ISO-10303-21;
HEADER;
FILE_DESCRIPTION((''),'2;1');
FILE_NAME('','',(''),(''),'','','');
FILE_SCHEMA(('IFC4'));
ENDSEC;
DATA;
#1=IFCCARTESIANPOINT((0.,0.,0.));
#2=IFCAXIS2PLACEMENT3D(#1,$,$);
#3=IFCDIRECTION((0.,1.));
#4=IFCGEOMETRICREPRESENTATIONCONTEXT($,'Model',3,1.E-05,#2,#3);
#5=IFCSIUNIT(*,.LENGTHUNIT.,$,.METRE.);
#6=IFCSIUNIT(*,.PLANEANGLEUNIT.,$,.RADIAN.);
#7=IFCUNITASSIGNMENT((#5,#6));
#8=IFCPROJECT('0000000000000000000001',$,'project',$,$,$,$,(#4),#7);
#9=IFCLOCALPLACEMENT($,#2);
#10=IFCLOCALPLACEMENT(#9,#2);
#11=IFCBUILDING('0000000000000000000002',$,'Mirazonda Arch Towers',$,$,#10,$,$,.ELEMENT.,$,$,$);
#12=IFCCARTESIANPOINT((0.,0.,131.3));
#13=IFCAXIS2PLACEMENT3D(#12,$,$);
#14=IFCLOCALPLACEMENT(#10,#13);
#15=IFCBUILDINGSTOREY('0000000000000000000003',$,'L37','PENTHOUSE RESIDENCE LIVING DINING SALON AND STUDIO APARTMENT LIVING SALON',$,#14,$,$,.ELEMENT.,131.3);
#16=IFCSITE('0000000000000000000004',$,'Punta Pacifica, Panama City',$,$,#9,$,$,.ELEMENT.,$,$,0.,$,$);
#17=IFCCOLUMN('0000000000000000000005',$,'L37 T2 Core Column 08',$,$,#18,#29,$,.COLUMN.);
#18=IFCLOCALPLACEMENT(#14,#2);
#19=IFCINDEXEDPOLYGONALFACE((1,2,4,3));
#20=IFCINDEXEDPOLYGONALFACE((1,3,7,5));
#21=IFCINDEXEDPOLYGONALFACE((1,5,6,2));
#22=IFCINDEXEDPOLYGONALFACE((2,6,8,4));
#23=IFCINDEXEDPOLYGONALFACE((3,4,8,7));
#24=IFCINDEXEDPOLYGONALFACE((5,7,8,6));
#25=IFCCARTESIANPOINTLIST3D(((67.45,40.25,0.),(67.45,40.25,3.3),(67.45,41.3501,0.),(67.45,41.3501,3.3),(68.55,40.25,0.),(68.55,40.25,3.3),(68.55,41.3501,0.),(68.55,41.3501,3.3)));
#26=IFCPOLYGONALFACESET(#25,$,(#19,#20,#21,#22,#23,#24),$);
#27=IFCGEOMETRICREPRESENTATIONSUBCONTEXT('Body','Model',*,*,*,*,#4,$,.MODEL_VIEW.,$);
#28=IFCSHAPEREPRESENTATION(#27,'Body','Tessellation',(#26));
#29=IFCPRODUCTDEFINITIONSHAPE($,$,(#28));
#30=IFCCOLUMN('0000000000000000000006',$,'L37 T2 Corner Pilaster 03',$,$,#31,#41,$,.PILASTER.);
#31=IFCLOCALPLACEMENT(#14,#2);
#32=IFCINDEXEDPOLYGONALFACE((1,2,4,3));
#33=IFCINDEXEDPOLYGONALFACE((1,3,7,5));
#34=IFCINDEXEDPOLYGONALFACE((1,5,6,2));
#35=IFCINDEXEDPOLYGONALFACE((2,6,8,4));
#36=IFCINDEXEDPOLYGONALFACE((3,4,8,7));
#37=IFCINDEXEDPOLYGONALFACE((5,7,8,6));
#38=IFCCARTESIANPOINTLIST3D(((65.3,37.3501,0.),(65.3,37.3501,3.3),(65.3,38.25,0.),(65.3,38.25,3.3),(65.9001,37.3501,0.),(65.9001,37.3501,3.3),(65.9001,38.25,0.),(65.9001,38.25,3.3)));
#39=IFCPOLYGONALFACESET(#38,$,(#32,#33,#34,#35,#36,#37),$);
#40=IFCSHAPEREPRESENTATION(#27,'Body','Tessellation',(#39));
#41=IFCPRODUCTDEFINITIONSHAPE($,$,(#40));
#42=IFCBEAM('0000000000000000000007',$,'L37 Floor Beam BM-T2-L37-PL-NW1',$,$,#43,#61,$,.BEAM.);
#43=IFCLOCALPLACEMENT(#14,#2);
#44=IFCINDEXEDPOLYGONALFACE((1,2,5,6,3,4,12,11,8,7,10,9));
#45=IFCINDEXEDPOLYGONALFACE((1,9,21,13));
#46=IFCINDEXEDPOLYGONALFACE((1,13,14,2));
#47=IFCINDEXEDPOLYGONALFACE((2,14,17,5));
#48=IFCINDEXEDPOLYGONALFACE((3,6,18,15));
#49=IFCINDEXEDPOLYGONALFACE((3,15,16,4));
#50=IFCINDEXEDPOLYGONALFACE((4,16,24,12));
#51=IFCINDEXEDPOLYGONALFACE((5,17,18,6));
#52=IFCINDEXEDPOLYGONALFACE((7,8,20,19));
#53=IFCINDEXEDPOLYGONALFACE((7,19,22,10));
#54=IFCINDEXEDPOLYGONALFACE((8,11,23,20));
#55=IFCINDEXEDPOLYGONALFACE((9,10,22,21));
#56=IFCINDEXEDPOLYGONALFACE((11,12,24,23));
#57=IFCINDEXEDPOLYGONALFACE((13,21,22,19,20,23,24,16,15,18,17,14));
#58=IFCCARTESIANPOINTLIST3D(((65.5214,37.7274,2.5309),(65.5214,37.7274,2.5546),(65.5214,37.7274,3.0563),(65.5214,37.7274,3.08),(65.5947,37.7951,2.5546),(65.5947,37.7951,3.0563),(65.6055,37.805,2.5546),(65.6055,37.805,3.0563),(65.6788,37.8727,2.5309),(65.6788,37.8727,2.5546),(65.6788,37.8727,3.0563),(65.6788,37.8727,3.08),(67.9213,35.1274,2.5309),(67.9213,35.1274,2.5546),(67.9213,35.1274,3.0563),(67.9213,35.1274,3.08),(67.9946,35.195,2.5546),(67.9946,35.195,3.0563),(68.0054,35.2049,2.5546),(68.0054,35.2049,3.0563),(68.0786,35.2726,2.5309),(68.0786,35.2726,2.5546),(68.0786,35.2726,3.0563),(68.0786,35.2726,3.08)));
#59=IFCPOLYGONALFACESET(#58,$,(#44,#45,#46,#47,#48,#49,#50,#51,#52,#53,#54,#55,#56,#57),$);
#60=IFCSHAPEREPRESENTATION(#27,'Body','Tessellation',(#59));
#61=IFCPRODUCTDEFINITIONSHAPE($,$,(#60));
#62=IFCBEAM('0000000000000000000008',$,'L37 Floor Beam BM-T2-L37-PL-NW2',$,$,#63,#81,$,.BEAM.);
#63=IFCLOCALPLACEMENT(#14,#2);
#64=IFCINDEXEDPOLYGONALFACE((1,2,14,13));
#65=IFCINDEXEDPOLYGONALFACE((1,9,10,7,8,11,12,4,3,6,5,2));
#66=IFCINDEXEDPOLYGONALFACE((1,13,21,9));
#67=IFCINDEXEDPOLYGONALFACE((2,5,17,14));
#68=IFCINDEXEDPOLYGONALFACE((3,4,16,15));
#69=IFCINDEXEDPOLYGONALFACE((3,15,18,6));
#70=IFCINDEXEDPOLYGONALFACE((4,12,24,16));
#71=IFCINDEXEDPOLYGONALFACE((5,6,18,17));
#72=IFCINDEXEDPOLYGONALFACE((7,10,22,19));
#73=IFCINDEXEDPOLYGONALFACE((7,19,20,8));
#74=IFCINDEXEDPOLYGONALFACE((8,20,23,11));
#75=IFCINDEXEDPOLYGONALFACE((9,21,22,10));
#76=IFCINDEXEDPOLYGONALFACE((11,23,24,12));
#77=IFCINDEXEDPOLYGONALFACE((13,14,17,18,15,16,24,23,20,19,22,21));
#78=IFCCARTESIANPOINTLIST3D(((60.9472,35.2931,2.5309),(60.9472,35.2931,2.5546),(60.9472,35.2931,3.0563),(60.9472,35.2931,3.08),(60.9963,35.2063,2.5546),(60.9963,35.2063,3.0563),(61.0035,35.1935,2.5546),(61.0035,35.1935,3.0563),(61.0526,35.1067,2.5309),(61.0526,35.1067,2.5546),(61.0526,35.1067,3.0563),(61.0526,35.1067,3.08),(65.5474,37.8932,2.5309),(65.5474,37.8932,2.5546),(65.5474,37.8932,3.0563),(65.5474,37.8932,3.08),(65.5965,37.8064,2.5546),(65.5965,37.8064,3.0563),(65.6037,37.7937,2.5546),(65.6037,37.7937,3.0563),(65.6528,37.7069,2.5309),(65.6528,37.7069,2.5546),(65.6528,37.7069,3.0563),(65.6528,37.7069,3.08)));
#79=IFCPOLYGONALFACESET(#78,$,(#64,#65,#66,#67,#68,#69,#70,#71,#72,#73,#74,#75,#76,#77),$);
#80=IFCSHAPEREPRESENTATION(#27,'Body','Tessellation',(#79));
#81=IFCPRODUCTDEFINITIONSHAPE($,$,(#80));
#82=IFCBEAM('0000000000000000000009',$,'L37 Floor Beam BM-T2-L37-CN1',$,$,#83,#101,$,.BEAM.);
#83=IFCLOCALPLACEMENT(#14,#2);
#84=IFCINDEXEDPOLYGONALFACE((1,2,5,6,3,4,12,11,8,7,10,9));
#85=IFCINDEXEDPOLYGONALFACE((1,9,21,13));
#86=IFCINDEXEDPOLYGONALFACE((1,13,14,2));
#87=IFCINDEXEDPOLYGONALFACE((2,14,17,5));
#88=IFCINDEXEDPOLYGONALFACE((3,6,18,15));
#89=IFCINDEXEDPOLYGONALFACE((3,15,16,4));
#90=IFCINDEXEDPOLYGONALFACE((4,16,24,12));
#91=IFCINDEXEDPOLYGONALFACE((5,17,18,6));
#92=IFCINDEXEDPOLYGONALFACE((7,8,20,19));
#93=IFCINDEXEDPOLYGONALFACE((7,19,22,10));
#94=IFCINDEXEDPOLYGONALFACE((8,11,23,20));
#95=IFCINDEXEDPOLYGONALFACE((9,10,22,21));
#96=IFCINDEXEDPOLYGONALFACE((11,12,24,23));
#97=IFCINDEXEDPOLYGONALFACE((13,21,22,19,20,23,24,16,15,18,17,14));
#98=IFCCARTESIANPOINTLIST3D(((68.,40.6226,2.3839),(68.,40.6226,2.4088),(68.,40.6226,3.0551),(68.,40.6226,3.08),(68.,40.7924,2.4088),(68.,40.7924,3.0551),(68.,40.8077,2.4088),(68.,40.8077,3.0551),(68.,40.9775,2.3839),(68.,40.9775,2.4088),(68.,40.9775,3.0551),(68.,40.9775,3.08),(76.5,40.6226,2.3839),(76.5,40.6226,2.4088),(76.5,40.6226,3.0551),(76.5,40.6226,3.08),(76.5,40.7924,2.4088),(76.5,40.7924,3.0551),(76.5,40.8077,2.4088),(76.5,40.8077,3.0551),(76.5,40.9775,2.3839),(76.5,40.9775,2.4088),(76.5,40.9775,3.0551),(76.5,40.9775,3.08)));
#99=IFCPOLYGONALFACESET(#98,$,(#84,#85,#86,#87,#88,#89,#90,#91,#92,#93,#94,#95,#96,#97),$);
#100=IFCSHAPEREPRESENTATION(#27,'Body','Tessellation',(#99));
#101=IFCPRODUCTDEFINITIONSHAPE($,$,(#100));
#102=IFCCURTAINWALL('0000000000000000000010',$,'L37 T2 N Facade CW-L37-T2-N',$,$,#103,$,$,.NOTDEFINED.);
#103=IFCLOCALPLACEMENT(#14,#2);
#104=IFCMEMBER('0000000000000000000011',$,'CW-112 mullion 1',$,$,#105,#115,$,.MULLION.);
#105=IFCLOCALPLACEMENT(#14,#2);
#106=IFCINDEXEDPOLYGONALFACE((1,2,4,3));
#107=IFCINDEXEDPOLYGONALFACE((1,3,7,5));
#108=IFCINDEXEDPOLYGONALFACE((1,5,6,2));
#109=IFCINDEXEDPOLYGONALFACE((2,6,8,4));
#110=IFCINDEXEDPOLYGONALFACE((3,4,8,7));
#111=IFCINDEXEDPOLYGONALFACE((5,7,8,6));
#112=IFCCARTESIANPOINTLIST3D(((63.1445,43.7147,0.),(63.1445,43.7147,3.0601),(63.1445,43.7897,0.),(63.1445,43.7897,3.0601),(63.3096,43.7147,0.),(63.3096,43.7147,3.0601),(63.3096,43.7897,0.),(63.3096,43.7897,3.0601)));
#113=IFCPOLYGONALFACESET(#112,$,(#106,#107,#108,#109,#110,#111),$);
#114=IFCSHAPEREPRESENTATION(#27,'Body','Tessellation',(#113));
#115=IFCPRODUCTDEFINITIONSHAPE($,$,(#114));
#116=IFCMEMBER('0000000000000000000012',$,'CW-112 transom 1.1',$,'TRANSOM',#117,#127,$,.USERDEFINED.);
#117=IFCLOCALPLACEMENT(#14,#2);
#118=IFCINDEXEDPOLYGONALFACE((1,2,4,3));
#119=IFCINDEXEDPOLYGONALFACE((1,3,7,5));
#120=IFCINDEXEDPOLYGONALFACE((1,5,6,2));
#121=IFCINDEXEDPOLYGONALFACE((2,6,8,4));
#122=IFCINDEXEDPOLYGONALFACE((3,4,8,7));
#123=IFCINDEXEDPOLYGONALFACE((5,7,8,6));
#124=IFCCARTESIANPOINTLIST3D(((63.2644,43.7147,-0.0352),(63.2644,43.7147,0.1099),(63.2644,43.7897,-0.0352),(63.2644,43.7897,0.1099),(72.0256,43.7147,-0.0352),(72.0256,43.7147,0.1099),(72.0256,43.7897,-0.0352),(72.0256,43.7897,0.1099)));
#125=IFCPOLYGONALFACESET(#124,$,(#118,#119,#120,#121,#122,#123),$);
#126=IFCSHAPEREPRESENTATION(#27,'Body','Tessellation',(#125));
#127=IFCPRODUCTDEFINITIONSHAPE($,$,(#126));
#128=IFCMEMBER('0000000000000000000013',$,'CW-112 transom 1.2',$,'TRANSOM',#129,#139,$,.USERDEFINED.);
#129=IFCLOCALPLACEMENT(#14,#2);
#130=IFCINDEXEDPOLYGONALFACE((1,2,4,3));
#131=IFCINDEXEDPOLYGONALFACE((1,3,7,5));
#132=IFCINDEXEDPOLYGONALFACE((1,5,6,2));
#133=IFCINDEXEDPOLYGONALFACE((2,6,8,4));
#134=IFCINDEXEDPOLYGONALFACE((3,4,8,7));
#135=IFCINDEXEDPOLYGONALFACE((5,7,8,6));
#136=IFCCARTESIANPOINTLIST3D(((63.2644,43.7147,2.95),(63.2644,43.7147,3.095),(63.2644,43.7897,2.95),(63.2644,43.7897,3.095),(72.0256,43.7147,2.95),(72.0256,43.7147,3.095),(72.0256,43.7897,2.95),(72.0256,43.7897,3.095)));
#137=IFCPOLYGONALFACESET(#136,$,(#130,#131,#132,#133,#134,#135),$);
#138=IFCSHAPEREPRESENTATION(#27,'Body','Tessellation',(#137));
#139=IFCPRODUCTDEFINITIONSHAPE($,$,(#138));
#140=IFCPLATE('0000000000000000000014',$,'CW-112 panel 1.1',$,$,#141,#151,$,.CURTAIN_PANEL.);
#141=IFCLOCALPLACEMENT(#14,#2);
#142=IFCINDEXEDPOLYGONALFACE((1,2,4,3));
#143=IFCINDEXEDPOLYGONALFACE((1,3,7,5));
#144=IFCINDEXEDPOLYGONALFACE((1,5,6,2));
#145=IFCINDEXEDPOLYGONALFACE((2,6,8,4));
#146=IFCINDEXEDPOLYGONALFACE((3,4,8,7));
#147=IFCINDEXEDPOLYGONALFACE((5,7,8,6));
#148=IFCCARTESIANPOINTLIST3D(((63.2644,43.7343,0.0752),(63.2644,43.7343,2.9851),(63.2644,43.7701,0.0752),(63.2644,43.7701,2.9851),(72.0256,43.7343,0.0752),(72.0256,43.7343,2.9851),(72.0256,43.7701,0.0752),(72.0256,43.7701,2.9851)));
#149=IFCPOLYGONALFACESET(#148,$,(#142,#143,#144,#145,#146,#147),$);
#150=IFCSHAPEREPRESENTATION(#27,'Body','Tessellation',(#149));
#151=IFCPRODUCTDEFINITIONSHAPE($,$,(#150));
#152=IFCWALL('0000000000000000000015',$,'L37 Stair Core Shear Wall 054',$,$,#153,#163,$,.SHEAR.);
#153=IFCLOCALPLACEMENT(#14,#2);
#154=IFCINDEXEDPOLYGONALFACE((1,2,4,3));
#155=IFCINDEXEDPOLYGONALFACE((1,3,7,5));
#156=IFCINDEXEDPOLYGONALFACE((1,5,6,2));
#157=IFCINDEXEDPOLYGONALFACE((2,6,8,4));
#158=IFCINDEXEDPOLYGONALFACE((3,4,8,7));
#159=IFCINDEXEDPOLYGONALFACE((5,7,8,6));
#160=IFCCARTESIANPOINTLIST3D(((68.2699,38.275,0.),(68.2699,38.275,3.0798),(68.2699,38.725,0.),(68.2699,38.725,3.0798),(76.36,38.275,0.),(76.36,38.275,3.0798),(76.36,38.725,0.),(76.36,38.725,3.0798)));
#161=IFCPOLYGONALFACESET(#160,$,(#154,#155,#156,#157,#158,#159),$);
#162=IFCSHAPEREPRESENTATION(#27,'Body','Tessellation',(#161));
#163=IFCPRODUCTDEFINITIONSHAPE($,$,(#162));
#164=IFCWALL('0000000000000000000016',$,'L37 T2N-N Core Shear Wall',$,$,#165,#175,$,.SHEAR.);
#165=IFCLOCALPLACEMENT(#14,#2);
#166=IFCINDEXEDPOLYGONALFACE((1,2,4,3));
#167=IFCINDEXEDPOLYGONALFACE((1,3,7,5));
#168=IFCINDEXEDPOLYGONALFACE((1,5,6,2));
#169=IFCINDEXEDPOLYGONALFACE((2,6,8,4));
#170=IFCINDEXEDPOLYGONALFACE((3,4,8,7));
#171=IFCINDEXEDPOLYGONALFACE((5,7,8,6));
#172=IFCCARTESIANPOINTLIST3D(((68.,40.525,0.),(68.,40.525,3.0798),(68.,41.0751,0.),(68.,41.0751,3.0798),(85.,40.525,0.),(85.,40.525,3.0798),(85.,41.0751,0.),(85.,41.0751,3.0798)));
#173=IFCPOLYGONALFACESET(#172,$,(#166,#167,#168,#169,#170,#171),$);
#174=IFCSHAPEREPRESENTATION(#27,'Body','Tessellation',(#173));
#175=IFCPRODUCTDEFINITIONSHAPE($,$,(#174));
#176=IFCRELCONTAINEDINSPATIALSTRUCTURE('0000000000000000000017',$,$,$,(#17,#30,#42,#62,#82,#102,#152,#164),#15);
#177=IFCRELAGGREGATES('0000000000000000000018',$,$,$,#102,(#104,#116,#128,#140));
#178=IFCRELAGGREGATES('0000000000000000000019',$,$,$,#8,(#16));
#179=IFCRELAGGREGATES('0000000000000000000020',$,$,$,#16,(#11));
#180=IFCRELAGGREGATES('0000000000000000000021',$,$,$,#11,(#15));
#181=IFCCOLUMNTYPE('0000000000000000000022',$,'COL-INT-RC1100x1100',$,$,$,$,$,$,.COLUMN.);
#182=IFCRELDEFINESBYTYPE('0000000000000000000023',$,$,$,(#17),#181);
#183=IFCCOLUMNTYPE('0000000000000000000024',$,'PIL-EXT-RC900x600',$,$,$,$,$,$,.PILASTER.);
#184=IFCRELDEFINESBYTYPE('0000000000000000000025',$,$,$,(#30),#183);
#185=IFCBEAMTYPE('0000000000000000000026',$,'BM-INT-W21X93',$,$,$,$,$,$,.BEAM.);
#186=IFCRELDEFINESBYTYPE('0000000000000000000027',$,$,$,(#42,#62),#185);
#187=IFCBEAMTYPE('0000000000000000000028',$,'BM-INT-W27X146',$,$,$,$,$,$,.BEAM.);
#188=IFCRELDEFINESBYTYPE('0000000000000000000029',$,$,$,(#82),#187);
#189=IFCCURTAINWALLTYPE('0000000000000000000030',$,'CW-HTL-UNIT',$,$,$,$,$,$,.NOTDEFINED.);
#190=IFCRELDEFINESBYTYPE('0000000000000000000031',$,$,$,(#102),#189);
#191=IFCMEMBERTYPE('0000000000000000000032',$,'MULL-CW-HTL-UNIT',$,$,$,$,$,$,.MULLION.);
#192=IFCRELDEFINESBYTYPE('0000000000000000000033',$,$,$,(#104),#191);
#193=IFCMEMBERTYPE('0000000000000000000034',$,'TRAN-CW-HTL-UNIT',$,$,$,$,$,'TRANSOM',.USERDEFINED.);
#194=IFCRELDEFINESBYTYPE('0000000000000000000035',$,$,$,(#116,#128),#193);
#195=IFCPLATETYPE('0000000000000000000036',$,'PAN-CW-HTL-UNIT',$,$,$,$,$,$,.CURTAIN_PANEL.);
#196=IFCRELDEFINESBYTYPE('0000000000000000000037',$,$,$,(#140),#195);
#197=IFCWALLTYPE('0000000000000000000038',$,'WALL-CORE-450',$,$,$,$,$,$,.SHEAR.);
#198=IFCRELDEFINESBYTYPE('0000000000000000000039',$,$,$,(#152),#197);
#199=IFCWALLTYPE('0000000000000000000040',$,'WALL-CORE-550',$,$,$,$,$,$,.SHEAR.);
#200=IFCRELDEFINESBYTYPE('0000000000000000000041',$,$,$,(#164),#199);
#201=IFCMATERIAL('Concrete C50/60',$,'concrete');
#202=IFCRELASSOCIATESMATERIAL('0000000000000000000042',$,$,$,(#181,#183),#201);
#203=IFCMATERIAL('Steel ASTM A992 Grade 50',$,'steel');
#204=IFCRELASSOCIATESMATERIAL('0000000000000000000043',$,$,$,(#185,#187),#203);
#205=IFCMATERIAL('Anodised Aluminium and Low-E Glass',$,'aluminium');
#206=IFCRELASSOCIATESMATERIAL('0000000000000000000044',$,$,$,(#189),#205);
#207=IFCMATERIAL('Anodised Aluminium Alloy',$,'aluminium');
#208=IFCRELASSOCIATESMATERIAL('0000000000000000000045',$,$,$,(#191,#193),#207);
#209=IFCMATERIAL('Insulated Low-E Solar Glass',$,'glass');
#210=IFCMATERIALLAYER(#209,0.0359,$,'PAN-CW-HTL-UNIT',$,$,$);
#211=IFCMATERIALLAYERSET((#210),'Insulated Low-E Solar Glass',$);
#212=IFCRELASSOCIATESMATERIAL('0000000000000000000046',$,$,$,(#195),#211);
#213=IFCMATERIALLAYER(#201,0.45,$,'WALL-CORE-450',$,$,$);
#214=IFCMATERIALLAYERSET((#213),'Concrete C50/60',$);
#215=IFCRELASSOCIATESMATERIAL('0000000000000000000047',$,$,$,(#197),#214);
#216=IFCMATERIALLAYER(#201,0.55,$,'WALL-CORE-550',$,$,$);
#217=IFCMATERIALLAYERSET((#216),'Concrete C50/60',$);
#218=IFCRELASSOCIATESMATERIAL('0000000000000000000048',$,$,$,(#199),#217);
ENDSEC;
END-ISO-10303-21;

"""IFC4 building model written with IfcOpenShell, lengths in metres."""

from ifc_helpers import new_model, si_unit, direction, frame, frame_2d, origin, origin_2d, place, context, subcontext, project, spatial, rectangle, i_section, extrude, material, layer, layer_set, material_profile, profile_set, type_object, element, aggregate, save


model = new_model("IFC4")

# Units and contexts
model_context = context("Model", 3, precision=1e-05, world=origin(), true_north=direction((0.0, 1.0)))
body_context = subcontext(model_context, "Body", "Model", "MODEL_VIEW")
ifc_project = project(units=[si_unit("LENGTHUNIT", "METRE"), si_unit("PLANEANGLEUNIT", "RADIAN")], contexts=[model_context])

# Site, building, storey
site_placement = place(None, origin())
site = spatial("IfcSite", under=ifc_project, at=site_placement, Name="Punta Pacifica, Panama City", CompositionType="ELEMENT", RefElevation=0.0)
building_placement = place(site_placement, origin())
building = spatial("IfcBuilding", under=site, at=building_placement, Name="Mirazonda Arch Towers", CompositionType="ELEMENT")
storey_placement = place(building_placement, frame((0.0, 0.0, 131.3)))
storey = spatial("IfcBuildingStorey", under=building, at=storey_placement, Name="L37", Description="PENTHOUSE RESIDENCE LIVING DINING SALON AND STUDIO APARTMENT LIVING SALON", CompositionType="ELEMENT", Elevation=131.3)

# Columns
ifc_material_1 = material(Name="Concrete C50/60", Category="concrete")
ifc_material_profile_1 = material_profile(ifc_material_1, rectangle(XDim=1.1001, YDim=1.1001, at=origin_2d()), Name="RC1100x1100")
ifc_profile_set_1 = profile_set([ifc_material_profile_1], Name="Concrete C50/60")
column_type_1 = type_object("IfcColumnType", Name="COL-INT-RC1100x1100", PredefinedType="COLUMN", material=ifc_profile_set_1)
column_1_placement = place(storey_placement, frame((68.0, 40.8, 0.0), z_axis=(0.0, 0.0, 1.0), x_axis=(1.0, 0.0, 0.0)))
element("IfcColumn", 1, at=column_1_placement, inside=storey, type_object=column_type_1, Name="L37 T2 Core Column 08", PredefinedType="COLUMN", context=body_context, shape_type="SweptSolid", body=[
    extrude(rectangle(XDim=1.1001, YDim=1.1001, at=origin_2d()), origin(), (0.0, 0.0, 1.0), 3.3),
])
ifc_material_profile_2 = material_profile(ifc_material_1, rectangle(XDim=0.6001, YDim=0.8999, at=origin_2d()), Name="RC900x600")
ifc_profile_set_2 = profile_set([ifc_material_profile_2], Name="Concrete C50/60")
column_type_2 = type_object("IfcColumnType", Name="PIL-EXT-RC900x600", PredefinedType="PILASTER", material=ifc_profile_set_2)
column_2_placement = place(storey_placement, frame((65.6001, 37.8, 0.0), z_axis=(0.0, 0.0, 1.0), x_axis=(1.0, 0.0, 0.0)))
element("IfcColumn", 2, at=column_2_placement, inside=storey, type_object=column_type_2, Name="L37 T2 Corner Pilaster 03", PredefinedType="PILASTER", context=body_context, shape_type="SweptSolid", body=[
    extrude(rectangle(XDim=0.6001, YDim=0.8999, at=origin_2d()), origin(), (0.0, 0.0, 1.0), 3.3),
])

# Beams
ifc_material_2 = material(Name="Steel ASTM A992 Grade 50", Category="steel")
ifc_material_profile_3 = material_profile(ifc_material_2, i_section(OverallWidth=0.2141, OverallDepth=0.5491, WebThickness=0.0146, FlangeThickness=0.0237, at=origin_2d()), Name="W21X93")
ifc_profile_set_3 = profile_set([ifc_material_profile_3], Name="Steel ASTM A992 Grade 50")
beam_type_1 = type_object("IfcBeamType", Name="BM-INT-W21X93", PredefinedType="BEAM", material=ifc_profile_set_3)
beam_1_placement = place(storey_placement, frame((65.6001, 37.8, 2.8054), z_axis=(0.678251, -0.73483, 0.0), x_axis=(0.73483, 0.678251, 0.0)))
element("IfcBeam", 3, at=beam_1_placement, inside=storey, type_object=beam_type_1, Name="L37 Floor Beam BM-T2-L37-PL-NW1", PredefinedType="BEAM", context=body_context, shape_type="SweptSolid", body=[
    extrude(i_section(OverallWidth=0.2141, OverallDepth=0.5491, WebThickness=0.0146, FlangeThickness=0.0237, at=origin_2d()), origin(), (0.0, 0.0, 1.0), 3.5383),
])
beam_2_placement = place(storey_placement, frame((65.6001, 37.8, 2.8054), z_axis=(-0.870559, -0.492063, 0.0), x_axis=(0.492063, -0.870559, 0.0)))
element("IfcBeam", 4, at=beam_2_placement, inside=storey, type_object=beam_type_1, Name="L37 Floor Beam BM-T2-L37-PL-NW2", PredefinedType="BEAM", context=body_context, shape_type="SweptSolid", body=[
    extrude(i_section(OverallWidth=0.2141, OverallDepth=0.5491, WebThickness=0.0146, FlangeThickness=0.0237, at=origin_2d()), origin(), (0.0, 0.0, 1.0), 5.2842),
])
ifc_material_profile_4 = material_profile(ifc_material_2, i_section(OverallWidth=0.355, OverallDepth=0.696, WebThickness=0.0154, FlangeThickness=0.0249, at=origin_2d()), Name="W27X146")
ifc_profile_set_4 = profile_set([ifc_material_profile_4], Name="Steel ASTM A992 Grade 50")
beam_type_2 = type_object("IfcBeamType", Name="BM-INT-W27X146", PredefinedType="BEAM", material=ifc_profile_set_4)
beam_3_placement = place(storey_placement, frame((68.0, 40.8, 2.7319), z_axis=(1.0, 0.0, 0.0), x_axis=(0.0, 1.0, 0.0)))
element("IfcBeam", 5, at=beam_3_placement, inside=storey, type_object=beam_type_2, Name="L37 Floor Beam BM-T2-L37-CN1", PredefinedType="BEAM", context=body_context, shape_type="SweptSolid", body=[
    extrude(i_section(OverallWidth=0.355, OverallDepth=0.696, WebThickness=0.0154, FlangeThickness=0.0249, at=origin_2d()), origin(), (0.0, 0.0, 1.0), 8.5),
])

# Curtain wall, members, plate
ifc_material_3 = material(Name="Anodised Aluminium and Low-E Glass", Category="aluminium")
curtain_wall_type = type_object("IfcCurtainWallType", Name="CW-HTL-UNIT", PredefinedType="NOTDEFINED", material=ifc_material_3)
curtain_wall_placement = place(storey_placement, origin())
curtain_wall = element("IfcCurtainWall", 6, at=curtain_wall_placement, inside=storey, type_object=curtain_wall_type, Name="L37 T2 N Facade CW-L37-T2-N", PredefinedType="NOTDEFINED")
ifc_material_4 = material(Name="Anodised Aluminium Alloy", Category="aluminium")
ifc_material_profile_5 = material_profile(ifc_material_4, rectangle(XDim=0.075, YDim=0.165, at=origin_2d()), Name="ALU-MULL-75x165")
ifc_profile_set_5 = profile_set([ifc_material_profile_5], Name="Anodised Aluminium Alloy")
member_type_1 = type_object("IfcMemberType", Name="MULL-CW-HTL-UNIT", PredefinedType="MULLION", material=ifc_profile_set_5)
member_1_placement = place(storey_placement, frame((63.2271, 43.7522, 0.0), z_axis=(0.0, 0.0, 1.0), x_axis=(0.0, 1.0, 0.0)))
member_1 = element("IfcMember", 7, at=member_1_placement, type_object=member_type_1, Name="CW-112 mullion 1", PredefinedType="MULLION", context=body_context, shape_type="SweptSolid", body=[
    extrude(rectangle(XDim=0.075, YDim=0.165, at=origin_2d()), origin(), (0.0, 0.0, 1.0), 3.0601),
])
ifc_material_profile_6 = material_profile(ifc_material_4, rectangle(XDim=0.075, YDim=0.145, at=origin_2d()), Name="ALU-TRAN-75x145")
ifc_profile_set_6 = profile_set([ifc_material_profile_6], Name="Anodised Aluminium Alloy")
member_type_2 = type_object("IfcMemberType", Name="TRAN-CW-HTL-UNIT", ElementType="TRANSOM", PredefinedType="USERDEFINED", material=ifc_profile_set_6)
member_2_placement = place(storey_placement, frame((63.2644, 43.7522, 0.0374), z_axis=(1.0, 0.0, 0.0), x_axis=(0.0, 1.0, 0.0)))
member_2 = element("IfcMember", 8, at=member_2_placement, type_object=member_type_2, Name="CW-112 transom 1.1", ObjectType="TRANSOM", PredefinedType="USERDEFINED", context=body_context, shape_type="SweptSolid", body=[
    extrude(rectangle(XDim=0.075, YDim=0.145, at=origin_2d()), origin(), (0.0, 0.0, 1.0), 8.7612),
])
member_3_placement = place(storey_placement, frame((63.2644, 43.7522, 3.0225), z_axis=(1.0, 0.0, 0.0), x_axis=(0.0, 1.0, 0.0)))
member_3 = element("IfcMember", 9, at=member_3_placement, type_object=member_type_2, Name="CW-112 transom 1.2", ObjectType="TRANSOM", PredefinedType="USERDEFINED", context=body_context, shape_type="SweptSolid", body=[
    extrude(rectangle(XDim=0.075, YDim=0.145, at=origin_2d()), origin(), (0.0, 0.0, 1.0), 8.7612),
])
ifc_material_5 = material(Name="Insulated Low-E Solar Glass", Category="glass")
ifc_layer_1 = layer(ifc_material_5, 0.0359, Name="PAN-CW-HTL-UNIT")
ifc_layer_set_1 = layer_set([ifc_layer_1], Name="Insulated Low-E Solar Glass")
plate_type = type_object("IfcPlateType", Name="PAN-CW-HTL-UNIT", PredefinedType="CURTAIN_PANEL", material=ifc_layer_set_1)
plate_placement = place(storey_placement, frame((67.645, 43.7522, 0.0752), z_axis=(0.0, 0.0, 1.0), x_axis=(1.0, 0.0, 0.0)))
plate = element("IfcPlate", 10, at=plate_placement, type_object=plate_type, Name="CW-112 panel 1.1", PredefinedType="CURTAIN_PANEL", context=body_context, shape_type="SweptSolid", body=[
    extrude(rectangle(XDim=8.7612, YDim=0.0359, at=origin_2d()), origin(), (0.0, 0.0, 1.0), 2.9099),
])
aggregate(curtain_wall, [member_1, member_2, member_3, plate])

# Walls
ifc_layer_2 = layer(ifc_material_1, 0.45, Name="WALL-CORE-450")
ifc_layer_set_2 = layer_set([ifc_layer_2], Name="Concrete C50/60")
wall_type_1 = type_object("IfcWallType", Name="WALL-CORE-450", PredefinedType="SHEAR", material=ifc_layer_set_2)
wall_1_placement = place(storey_placement, frame((68.27, 38.5, 0.0), z_axis=(0.0, 0.0, 1.0), x_axis=(1.0, 0.0, 0.0)))
element("IfcWall", 11, at=wall_1_placement, inside=storey, type_object=wall_type_1, Name="L37 Stair Core Shear Wall 054", PredefinedType="SHEAR", context=body_context, shape_type="SweptSolid", body=[
    extrude(rectangle(XDim=8.0901, YDim=0.45, at=frame_2d((4.0449, 0.0))), origin(), (0.0, 0.0, 1.0), 3.0798),
])
ifc_layer_3 = layer(ifc_material_1, 0.55, Name="WALL-CORE-550")
ifc_layer_set_3 = layer_set([ifc_layer_3], Name="Concrete C50/60")
wall_type_2 = type_object("IfcWallType", Name="WALL-CORE-550", PredefinedType="SHEAR", material=ifc_layer_set_3)
wall_2_placement = place(storey_placement, frame((68.0, 40.8, 0.0), z_axis=(0.0, 0.0, 1.0), x_axis=(1.0, 0.0, 0.0)))
element("IfcWall", 12, at=wall_2_placement, inside=storey, type_object=wall_type_2, Name="L37 T2N-N Core Shear Wall", PredefinedType="SHEAR", context=body_context, shape_type="SweptSolid", body=[
    extrude(rectangle(XDim=17.0, YDim=0.55, at=frame_2d((8.5, 0.0))), origin(), (0.0, 0.0, 1.0), 3.0798),
])

save(model, "model.ifc")
